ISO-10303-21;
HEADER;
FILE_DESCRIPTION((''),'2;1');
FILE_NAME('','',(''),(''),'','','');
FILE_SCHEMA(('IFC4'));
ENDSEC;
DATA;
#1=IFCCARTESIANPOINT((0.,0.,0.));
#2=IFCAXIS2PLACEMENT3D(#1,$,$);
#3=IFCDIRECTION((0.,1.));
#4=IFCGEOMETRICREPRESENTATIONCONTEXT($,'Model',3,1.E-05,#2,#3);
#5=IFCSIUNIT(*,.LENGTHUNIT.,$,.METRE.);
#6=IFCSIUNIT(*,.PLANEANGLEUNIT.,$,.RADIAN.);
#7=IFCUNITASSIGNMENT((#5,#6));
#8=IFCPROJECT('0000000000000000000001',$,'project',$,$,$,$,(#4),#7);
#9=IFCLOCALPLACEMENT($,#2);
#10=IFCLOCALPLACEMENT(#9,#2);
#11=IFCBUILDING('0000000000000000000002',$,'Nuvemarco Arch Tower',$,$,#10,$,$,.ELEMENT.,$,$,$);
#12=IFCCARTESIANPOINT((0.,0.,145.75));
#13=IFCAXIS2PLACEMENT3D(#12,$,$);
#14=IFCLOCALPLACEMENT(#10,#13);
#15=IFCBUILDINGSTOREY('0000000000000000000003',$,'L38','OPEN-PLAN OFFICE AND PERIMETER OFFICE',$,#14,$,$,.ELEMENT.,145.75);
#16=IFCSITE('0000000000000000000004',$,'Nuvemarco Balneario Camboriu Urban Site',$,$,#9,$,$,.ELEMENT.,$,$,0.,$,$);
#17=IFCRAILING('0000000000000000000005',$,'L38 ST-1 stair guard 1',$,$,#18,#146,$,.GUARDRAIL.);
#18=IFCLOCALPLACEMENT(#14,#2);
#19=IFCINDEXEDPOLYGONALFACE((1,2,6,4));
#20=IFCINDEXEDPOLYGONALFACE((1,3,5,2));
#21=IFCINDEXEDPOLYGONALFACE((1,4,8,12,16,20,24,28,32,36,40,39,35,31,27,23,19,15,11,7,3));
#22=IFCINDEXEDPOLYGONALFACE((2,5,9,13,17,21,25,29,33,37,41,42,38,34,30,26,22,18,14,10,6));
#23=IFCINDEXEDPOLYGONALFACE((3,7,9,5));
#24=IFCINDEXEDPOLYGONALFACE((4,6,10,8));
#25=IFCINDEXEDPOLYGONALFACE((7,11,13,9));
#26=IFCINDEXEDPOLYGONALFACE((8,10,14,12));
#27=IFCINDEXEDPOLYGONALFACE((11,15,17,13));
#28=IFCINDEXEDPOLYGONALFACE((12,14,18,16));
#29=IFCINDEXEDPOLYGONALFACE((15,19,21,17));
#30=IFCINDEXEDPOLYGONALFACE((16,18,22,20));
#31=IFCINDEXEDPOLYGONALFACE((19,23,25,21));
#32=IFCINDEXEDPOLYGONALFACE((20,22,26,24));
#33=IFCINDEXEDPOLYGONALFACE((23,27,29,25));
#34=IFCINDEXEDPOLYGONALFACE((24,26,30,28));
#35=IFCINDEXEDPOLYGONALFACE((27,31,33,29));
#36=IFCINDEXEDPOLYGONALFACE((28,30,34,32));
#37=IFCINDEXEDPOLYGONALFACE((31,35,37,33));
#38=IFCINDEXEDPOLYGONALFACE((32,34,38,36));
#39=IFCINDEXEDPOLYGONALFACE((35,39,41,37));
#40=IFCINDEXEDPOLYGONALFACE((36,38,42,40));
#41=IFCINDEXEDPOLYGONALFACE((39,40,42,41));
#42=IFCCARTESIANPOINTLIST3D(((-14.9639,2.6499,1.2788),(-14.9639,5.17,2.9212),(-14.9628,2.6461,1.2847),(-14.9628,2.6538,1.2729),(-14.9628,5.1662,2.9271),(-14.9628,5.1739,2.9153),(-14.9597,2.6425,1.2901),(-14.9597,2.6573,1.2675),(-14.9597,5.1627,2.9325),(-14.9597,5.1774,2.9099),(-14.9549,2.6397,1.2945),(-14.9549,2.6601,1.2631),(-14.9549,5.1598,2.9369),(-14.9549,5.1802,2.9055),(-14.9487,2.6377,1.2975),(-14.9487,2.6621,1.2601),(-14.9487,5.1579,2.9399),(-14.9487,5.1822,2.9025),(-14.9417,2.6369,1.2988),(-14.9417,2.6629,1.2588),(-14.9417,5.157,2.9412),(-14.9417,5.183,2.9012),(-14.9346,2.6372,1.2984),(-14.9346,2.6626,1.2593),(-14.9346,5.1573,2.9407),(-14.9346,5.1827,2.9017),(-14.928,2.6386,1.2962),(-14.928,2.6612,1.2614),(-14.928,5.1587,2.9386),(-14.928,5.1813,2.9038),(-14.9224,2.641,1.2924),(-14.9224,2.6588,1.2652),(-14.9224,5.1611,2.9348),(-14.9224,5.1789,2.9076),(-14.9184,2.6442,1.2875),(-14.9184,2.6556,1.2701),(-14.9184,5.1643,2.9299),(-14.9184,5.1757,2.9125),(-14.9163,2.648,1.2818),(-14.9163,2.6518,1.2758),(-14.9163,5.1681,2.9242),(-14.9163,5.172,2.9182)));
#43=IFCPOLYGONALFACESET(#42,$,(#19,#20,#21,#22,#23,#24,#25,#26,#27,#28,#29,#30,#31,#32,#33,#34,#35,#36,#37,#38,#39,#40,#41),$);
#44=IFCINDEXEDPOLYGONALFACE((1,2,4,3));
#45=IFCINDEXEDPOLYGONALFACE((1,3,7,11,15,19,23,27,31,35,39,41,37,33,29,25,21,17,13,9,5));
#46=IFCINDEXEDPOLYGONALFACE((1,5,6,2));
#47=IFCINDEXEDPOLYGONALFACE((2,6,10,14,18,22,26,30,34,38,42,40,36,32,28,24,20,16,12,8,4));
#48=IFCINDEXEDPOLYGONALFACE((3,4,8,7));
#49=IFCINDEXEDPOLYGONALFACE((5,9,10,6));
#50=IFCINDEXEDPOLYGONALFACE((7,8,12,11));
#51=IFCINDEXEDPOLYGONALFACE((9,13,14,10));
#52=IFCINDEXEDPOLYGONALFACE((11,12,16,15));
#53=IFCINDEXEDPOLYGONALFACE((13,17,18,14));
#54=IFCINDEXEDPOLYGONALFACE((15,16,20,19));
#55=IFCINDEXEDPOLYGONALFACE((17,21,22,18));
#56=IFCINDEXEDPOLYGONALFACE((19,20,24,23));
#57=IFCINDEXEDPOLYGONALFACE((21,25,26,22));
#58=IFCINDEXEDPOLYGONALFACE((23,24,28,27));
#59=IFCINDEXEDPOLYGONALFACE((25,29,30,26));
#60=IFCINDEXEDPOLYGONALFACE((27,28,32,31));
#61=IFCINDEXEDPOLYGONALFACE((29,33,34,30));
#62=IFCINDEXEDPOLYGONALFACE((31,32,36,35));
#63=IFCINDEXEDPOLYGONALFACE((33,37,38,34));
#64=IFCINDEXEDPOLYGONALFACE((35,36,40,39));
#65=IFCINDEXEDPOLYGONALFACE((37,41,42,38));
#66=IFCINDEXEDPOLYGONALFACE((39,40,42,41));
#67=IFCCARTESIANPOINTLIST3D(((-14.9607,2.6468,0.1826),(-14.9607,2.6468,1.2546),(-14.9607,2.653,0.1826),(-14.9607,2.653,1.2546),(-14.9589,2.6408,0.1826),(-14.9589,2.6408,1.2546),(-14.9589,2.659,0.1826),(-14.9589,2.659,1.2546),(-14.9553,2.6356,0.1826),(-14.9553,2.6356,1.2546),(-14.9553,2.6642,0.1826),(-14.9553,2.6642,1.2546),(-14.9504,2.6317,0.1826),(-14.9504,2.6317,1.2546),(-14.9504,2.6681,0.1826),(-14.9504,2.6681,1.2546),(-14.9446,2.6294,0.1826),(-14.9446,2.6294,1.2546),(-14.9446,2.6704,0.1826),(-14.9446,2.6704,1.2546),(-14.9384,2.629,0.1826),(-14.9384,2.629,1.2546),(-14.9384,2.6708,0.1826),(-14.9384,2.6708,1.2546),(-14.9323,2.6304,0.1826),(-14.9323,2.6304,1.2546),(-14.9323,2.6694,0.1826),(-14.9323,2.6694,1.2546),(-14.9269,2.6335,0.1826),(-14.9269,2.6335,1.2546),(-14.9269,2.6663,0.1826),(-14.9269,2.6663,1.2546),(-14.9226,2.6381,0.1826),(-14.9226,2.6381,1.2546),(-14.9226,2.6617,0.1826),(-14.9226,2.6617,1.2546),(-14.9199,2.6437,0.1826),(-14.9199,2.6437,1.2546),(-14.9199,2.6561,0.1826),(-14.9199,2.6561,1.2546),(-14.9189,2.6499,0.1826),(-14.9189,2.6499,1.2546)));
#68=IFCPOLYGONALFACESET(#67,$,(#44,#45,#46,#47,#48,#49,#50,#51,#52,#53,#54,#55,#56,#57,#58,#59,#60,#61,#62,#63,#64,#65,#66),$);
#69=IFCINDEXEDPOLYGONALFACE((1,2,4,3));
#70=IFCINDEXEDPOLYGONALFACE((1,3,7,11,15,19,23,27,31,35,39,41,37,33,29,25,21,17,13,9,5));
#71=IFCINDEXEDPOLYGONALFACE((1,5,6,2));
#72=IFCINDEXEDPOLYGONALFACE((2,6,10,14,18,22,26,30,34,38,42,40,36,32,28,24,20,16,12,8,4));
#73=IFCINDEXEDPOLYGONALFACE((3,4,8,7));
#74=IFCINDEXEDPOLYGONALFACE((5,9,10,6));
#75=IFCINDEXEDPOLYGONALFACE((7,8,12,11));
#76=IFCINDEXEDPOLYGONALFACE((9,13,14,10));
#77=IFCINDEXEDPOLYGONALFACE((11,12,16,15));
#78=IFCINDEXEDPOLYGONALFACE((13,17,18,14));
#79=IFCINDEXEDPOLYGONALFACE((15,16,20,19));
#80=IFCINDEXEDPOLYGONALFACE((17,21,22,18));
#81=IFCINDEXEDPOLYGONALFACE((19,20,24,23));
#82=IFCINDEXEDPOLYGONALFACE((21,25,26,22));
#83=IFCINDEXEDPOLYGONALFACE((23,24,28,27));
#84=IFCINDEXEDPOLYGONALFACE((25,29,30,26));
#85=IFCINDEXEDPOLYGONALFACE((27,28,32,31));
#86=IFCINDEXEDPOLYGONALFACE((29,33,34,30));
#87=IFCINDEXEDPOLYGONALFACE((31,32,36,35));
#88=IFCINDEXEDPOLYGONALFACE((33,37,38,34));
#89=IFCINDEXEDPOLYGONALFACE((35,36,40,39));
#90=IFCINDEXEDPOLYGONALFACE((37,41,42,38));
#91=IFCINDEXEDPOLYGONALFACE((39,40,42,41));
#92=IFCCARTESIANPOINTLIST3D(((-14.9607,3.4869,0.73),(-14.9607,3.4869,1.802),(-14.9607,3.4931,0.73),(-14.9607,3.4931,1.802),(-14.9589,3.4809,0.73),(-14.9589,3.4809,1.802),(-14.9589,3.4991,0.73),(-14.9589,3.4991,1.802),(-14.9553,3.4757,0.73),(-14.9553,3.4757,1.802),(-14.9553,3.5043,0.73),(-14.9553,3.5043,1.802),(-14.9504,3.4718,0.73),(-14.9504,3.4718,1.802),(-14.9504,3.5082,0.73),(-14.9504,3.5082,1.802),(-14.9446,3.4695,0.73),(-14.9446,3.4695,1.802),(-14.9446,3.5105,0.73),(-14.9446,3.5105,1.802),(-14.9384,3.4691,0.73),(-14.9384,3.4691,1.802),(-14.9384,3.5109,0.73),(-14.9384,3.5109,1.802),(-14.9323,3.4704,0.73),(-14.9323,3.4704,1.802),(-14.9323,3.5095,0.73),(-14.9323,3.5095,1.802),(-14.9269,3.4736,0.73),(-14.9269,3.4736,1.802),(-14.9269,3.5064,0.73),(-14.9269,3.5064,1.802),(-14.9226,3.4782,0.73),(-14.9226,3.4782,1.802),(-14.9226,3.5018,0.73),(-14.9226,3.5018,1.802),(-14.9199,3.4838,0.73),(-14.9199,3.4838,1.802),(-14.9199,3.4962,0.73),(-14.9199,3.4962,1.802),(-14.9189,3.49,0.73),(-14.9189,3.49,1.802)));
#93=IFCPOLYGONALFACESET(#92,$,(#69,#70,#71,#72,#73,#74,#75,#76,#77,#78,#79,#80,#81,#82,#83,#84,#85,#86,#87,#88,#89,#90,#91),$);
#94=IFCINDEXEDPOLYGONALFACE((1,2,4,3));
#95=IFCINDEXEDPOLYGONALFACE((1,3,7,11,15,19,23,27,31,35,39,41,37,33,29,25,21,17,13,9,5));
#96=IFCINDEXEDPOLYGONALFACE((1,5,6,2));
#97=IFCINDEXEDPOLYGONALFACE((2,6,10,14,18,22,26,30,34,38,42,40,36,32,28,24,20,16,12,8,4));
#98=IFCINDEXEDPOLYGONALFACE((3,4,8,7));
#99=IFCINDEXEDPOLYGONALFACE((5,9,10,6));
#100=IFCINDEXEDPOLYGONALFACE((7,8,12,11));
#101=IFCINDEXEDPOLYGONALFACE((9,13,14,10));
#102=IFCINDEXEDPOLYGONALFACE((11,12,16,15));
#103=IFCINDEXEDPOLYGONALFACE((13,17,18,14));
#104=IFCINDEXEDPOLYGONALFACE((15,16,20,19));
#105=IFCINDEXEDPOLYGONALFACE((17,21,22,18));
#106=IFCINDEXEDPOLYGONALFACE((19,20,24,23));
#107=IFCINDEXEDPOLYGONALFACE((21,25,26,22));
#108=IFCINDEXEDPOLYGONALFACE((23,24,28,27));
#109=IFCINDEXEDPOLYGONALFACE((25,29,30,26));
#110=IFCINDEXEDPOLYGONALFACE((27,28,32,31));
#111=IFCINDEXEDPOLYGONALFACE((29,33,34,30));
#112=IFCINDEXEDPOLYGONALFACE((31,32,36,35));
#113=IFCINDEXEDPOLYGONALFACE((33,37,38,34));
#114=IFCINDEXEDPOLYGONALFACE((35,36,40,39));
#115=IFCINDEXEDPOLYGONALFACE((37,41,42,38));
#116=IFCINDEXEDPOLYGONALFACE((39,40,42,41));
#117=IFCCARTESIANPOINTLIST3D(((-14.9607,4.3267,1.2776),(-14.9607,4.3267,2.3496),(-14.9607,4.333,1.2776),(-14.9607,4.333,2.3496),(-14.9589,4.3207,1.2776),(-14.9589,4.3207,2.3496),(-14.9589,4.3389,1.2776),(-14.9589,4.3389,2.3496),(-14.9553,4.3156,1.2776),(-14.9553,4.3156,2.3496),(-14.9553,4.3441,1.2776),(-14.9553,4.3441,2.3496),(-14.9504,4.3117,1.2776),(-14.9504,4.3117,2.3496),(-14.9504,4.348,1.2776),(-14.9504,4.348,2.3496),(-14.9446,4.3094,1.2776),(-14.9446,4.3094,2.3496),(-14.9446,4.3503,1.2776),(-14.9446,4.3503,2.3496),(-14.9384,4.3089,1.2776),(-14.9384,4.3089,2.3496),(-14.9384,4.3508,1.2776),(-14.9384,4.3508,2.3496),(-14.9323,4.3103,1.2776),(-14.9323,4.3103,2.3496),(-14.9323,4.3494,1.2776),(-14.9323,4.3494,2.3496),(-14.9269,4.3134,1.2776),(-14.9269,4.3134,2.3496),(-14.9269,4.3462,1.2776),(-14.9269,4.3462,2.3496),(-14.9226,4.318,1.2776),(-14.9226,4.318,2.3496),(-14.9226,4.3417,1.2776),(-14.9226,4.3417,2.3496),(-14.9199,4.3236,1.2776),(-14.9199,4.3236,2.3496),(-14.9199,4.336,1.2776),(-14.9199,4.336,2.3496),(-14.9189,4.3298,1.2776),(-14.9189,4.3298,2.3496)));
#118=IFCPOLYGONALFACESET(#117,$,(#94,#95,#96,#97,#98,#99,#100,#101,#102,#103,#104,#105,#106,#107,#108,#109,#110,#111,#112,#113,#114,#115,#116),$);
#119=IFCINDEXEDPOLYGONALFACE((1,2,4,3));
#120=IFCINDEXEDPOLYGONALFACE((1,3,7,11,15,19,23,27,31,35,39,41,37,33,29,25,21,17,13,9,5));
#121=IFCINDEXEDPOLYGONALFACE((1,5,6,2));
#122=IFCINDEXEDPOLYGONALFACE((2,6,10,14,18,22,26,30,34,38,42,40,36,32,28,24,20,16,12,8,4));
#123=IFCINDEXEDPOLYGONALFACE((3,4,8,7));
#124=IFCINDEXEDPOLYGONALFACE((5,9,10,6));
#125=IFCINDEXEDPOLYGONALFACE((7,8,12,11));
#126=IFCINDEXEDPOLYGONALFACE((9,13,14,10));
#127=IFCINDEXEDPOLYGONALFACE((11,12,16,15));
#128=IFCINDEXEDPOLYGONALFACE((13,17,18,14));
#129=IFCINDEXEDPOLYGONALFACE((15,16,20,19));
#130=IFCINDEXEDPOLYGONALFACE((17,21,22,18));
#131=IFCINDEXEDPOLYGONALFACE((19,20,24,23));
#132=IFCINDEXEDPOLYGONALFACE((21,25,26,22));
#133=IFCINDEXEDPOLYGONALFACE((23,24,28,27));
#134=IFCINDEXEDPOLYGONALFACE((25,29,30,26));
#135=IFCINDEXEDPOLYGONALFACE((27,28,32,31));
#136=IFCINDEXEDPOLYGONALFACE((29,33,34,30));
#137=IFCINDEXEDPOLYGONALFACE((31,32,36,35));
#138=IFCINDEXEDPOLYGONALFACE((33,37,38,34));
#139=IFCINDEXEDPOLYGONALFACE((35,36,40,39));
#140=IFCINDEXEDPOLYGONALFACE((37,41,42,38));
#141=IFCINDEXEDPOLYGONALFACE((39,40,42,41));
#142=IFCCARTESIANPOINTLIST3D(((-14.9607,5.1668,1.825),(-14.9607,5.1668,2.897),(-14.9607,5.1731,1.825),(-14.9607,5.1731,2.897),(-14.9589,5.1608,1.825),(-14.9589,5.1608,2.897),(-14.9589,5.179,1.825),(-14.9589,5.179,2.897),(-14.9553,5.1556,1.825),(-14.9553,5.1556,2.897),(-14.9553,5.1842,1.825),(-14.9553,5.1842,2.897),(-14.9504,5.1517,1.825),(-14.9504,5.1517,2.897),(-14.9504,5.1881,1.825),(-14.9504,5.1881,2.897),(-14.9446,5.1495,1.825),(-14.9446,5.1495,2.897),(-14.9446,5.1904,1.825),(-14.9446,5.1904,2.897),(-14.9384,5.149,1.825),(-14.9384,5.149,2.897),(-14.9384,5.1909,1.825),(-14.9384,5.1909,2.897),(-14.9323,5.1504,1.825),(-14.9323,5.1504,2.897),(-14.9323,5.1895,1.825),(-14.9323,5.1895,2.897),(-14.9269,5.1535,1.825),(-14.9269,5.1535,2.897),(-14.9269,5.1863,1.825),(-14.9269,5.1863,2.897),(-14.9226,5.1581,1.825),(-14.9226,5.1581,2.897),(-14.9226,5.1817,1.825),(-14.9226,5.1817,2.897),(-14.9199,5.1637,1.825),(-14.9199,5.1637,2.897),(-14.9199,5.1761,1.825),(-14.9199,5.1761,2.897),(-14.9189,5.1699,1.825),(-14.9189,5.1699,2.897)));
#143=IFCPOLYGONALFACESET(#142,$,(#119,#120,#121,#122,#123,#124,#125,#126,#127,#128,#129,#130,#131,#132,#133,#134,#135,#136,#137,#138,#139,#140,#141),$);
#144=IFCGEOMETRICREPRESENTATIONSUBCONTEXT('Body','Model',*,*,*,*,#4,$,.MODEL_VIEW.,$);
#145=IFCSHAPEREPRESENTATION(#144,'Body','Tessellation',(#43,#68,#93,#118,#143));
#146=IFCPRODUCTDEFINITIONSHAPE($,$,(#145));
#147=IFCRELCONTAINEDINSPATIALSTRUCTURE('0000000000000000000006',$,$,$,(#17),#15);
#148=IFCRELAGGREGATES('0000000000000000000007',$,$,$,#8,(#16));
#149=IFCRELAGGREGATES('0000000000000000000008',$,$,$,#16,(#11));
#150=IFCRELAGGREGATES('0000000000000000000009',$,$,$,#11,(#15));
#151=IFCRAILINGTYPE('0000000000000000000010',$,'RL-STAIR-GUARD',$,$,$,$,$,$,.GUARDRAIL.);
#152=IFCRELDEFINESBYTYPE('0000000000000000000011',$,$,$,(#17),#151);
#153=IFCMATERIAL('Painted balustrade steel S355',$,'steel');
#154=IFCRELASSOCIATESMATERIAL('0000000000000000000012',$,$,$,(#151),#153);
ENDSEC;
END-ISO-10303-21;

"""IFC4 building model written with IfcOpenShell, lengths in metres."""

from ifc_helpers import new_model, si_unit, direction, frame, origin, origin_2d, place, context, subcontext, project, spatial, circle, extrude, material, type_object, element, save


model = new_model("IFC4")

# Units and contexts
model_context = context("Model", 3, precision=1e-05, world=origin(), true_north=direction((0.0, 1.0)))
body_context = subcontext(model_context, "Body", "Model", "MODEL_VIEW")
ifc_project = project(units=[si_unit("LENGTHUNIT", "METRE"), si_unit("PLANEANGLEUNIT", "RADIAN")], contexts=[model_context])

# Site, building, storey
site_placement = place(None, origin())
site = spatial("IfcSite", under=ifc_project, at=site_placement, Name="Nuvemarco Balneario Camboriu Urban Site", CompositionType="ELEMENT", RefElevation=0.0)
building_placement = place(site_placement, origin())
building = spatial("IfcBuilding", under=site, at=building_placement, Name="Nuvemarco Arch Tower", CompositionType="ELEMENT")
storey_placement = place(building_placement, frame((0.0, 0.0, 145.75)))
storey = spatial("IfcBuildingStorey", under=building, at=storey_placement, Name="L38", Description="OPEN-PLAN OFFICE AND PERIMETER OFFICE", CompositionType="ELEMENT", Elevation=145.75)

# Railing
ifc_material_1 = material(Name="Painted balustrade steel S355", Category="steel")
railing_type_1 = type_object("IfcRailingType", Name="RL-STAIR-GUARD", PredefinedType="GUARDRAIL", material=ifc_material_1)
railing_1_placement = place(storey_placement, frame((-14.9399, 2.6499, 0.1826)))
element("IfcRailing", 1, at=railing_1_placement, inside=storey, type_object=railing_type_1, Name="L38 ST-1 stair guard 1", PredefinedType="GUARDRAIL", context=body_context, shape_type="SweptSolid", body=[
    extrude(circle(Radius=0.0239, at=origin_2d()), frame((0.0, 0.0, 1.0962), z_axis=(0.0, 0.837787, 0.545998), x_axis=(-1.0, 0.0, 0.0)), (0.0, 0.0, 1.0), 3.0081),
    extrude(circle(Radius=0.021, at=origin_2d()), origin(), (0.0, 0.0, 1.0), 1.072),
    extrude(circle(Radius=0.021, at=origin_2d()), frame((0.0, 0.8401, 0.5474)), (0.0, 0.0, 1.0), 1.072),
    extrude(circle(Radius=0.021, at=origin_2d()), frame((0.0, 1.6799, 1.095)), (0.0, 0.0, 1.0), 1.072),
    extrude(circle(Radius=0.021, at=origin_2d()), frame((0.0, 2.52, 1.6423)), (0.0, 0.0, 1.0), 1.072),
])

save(model, "model.ifc")
